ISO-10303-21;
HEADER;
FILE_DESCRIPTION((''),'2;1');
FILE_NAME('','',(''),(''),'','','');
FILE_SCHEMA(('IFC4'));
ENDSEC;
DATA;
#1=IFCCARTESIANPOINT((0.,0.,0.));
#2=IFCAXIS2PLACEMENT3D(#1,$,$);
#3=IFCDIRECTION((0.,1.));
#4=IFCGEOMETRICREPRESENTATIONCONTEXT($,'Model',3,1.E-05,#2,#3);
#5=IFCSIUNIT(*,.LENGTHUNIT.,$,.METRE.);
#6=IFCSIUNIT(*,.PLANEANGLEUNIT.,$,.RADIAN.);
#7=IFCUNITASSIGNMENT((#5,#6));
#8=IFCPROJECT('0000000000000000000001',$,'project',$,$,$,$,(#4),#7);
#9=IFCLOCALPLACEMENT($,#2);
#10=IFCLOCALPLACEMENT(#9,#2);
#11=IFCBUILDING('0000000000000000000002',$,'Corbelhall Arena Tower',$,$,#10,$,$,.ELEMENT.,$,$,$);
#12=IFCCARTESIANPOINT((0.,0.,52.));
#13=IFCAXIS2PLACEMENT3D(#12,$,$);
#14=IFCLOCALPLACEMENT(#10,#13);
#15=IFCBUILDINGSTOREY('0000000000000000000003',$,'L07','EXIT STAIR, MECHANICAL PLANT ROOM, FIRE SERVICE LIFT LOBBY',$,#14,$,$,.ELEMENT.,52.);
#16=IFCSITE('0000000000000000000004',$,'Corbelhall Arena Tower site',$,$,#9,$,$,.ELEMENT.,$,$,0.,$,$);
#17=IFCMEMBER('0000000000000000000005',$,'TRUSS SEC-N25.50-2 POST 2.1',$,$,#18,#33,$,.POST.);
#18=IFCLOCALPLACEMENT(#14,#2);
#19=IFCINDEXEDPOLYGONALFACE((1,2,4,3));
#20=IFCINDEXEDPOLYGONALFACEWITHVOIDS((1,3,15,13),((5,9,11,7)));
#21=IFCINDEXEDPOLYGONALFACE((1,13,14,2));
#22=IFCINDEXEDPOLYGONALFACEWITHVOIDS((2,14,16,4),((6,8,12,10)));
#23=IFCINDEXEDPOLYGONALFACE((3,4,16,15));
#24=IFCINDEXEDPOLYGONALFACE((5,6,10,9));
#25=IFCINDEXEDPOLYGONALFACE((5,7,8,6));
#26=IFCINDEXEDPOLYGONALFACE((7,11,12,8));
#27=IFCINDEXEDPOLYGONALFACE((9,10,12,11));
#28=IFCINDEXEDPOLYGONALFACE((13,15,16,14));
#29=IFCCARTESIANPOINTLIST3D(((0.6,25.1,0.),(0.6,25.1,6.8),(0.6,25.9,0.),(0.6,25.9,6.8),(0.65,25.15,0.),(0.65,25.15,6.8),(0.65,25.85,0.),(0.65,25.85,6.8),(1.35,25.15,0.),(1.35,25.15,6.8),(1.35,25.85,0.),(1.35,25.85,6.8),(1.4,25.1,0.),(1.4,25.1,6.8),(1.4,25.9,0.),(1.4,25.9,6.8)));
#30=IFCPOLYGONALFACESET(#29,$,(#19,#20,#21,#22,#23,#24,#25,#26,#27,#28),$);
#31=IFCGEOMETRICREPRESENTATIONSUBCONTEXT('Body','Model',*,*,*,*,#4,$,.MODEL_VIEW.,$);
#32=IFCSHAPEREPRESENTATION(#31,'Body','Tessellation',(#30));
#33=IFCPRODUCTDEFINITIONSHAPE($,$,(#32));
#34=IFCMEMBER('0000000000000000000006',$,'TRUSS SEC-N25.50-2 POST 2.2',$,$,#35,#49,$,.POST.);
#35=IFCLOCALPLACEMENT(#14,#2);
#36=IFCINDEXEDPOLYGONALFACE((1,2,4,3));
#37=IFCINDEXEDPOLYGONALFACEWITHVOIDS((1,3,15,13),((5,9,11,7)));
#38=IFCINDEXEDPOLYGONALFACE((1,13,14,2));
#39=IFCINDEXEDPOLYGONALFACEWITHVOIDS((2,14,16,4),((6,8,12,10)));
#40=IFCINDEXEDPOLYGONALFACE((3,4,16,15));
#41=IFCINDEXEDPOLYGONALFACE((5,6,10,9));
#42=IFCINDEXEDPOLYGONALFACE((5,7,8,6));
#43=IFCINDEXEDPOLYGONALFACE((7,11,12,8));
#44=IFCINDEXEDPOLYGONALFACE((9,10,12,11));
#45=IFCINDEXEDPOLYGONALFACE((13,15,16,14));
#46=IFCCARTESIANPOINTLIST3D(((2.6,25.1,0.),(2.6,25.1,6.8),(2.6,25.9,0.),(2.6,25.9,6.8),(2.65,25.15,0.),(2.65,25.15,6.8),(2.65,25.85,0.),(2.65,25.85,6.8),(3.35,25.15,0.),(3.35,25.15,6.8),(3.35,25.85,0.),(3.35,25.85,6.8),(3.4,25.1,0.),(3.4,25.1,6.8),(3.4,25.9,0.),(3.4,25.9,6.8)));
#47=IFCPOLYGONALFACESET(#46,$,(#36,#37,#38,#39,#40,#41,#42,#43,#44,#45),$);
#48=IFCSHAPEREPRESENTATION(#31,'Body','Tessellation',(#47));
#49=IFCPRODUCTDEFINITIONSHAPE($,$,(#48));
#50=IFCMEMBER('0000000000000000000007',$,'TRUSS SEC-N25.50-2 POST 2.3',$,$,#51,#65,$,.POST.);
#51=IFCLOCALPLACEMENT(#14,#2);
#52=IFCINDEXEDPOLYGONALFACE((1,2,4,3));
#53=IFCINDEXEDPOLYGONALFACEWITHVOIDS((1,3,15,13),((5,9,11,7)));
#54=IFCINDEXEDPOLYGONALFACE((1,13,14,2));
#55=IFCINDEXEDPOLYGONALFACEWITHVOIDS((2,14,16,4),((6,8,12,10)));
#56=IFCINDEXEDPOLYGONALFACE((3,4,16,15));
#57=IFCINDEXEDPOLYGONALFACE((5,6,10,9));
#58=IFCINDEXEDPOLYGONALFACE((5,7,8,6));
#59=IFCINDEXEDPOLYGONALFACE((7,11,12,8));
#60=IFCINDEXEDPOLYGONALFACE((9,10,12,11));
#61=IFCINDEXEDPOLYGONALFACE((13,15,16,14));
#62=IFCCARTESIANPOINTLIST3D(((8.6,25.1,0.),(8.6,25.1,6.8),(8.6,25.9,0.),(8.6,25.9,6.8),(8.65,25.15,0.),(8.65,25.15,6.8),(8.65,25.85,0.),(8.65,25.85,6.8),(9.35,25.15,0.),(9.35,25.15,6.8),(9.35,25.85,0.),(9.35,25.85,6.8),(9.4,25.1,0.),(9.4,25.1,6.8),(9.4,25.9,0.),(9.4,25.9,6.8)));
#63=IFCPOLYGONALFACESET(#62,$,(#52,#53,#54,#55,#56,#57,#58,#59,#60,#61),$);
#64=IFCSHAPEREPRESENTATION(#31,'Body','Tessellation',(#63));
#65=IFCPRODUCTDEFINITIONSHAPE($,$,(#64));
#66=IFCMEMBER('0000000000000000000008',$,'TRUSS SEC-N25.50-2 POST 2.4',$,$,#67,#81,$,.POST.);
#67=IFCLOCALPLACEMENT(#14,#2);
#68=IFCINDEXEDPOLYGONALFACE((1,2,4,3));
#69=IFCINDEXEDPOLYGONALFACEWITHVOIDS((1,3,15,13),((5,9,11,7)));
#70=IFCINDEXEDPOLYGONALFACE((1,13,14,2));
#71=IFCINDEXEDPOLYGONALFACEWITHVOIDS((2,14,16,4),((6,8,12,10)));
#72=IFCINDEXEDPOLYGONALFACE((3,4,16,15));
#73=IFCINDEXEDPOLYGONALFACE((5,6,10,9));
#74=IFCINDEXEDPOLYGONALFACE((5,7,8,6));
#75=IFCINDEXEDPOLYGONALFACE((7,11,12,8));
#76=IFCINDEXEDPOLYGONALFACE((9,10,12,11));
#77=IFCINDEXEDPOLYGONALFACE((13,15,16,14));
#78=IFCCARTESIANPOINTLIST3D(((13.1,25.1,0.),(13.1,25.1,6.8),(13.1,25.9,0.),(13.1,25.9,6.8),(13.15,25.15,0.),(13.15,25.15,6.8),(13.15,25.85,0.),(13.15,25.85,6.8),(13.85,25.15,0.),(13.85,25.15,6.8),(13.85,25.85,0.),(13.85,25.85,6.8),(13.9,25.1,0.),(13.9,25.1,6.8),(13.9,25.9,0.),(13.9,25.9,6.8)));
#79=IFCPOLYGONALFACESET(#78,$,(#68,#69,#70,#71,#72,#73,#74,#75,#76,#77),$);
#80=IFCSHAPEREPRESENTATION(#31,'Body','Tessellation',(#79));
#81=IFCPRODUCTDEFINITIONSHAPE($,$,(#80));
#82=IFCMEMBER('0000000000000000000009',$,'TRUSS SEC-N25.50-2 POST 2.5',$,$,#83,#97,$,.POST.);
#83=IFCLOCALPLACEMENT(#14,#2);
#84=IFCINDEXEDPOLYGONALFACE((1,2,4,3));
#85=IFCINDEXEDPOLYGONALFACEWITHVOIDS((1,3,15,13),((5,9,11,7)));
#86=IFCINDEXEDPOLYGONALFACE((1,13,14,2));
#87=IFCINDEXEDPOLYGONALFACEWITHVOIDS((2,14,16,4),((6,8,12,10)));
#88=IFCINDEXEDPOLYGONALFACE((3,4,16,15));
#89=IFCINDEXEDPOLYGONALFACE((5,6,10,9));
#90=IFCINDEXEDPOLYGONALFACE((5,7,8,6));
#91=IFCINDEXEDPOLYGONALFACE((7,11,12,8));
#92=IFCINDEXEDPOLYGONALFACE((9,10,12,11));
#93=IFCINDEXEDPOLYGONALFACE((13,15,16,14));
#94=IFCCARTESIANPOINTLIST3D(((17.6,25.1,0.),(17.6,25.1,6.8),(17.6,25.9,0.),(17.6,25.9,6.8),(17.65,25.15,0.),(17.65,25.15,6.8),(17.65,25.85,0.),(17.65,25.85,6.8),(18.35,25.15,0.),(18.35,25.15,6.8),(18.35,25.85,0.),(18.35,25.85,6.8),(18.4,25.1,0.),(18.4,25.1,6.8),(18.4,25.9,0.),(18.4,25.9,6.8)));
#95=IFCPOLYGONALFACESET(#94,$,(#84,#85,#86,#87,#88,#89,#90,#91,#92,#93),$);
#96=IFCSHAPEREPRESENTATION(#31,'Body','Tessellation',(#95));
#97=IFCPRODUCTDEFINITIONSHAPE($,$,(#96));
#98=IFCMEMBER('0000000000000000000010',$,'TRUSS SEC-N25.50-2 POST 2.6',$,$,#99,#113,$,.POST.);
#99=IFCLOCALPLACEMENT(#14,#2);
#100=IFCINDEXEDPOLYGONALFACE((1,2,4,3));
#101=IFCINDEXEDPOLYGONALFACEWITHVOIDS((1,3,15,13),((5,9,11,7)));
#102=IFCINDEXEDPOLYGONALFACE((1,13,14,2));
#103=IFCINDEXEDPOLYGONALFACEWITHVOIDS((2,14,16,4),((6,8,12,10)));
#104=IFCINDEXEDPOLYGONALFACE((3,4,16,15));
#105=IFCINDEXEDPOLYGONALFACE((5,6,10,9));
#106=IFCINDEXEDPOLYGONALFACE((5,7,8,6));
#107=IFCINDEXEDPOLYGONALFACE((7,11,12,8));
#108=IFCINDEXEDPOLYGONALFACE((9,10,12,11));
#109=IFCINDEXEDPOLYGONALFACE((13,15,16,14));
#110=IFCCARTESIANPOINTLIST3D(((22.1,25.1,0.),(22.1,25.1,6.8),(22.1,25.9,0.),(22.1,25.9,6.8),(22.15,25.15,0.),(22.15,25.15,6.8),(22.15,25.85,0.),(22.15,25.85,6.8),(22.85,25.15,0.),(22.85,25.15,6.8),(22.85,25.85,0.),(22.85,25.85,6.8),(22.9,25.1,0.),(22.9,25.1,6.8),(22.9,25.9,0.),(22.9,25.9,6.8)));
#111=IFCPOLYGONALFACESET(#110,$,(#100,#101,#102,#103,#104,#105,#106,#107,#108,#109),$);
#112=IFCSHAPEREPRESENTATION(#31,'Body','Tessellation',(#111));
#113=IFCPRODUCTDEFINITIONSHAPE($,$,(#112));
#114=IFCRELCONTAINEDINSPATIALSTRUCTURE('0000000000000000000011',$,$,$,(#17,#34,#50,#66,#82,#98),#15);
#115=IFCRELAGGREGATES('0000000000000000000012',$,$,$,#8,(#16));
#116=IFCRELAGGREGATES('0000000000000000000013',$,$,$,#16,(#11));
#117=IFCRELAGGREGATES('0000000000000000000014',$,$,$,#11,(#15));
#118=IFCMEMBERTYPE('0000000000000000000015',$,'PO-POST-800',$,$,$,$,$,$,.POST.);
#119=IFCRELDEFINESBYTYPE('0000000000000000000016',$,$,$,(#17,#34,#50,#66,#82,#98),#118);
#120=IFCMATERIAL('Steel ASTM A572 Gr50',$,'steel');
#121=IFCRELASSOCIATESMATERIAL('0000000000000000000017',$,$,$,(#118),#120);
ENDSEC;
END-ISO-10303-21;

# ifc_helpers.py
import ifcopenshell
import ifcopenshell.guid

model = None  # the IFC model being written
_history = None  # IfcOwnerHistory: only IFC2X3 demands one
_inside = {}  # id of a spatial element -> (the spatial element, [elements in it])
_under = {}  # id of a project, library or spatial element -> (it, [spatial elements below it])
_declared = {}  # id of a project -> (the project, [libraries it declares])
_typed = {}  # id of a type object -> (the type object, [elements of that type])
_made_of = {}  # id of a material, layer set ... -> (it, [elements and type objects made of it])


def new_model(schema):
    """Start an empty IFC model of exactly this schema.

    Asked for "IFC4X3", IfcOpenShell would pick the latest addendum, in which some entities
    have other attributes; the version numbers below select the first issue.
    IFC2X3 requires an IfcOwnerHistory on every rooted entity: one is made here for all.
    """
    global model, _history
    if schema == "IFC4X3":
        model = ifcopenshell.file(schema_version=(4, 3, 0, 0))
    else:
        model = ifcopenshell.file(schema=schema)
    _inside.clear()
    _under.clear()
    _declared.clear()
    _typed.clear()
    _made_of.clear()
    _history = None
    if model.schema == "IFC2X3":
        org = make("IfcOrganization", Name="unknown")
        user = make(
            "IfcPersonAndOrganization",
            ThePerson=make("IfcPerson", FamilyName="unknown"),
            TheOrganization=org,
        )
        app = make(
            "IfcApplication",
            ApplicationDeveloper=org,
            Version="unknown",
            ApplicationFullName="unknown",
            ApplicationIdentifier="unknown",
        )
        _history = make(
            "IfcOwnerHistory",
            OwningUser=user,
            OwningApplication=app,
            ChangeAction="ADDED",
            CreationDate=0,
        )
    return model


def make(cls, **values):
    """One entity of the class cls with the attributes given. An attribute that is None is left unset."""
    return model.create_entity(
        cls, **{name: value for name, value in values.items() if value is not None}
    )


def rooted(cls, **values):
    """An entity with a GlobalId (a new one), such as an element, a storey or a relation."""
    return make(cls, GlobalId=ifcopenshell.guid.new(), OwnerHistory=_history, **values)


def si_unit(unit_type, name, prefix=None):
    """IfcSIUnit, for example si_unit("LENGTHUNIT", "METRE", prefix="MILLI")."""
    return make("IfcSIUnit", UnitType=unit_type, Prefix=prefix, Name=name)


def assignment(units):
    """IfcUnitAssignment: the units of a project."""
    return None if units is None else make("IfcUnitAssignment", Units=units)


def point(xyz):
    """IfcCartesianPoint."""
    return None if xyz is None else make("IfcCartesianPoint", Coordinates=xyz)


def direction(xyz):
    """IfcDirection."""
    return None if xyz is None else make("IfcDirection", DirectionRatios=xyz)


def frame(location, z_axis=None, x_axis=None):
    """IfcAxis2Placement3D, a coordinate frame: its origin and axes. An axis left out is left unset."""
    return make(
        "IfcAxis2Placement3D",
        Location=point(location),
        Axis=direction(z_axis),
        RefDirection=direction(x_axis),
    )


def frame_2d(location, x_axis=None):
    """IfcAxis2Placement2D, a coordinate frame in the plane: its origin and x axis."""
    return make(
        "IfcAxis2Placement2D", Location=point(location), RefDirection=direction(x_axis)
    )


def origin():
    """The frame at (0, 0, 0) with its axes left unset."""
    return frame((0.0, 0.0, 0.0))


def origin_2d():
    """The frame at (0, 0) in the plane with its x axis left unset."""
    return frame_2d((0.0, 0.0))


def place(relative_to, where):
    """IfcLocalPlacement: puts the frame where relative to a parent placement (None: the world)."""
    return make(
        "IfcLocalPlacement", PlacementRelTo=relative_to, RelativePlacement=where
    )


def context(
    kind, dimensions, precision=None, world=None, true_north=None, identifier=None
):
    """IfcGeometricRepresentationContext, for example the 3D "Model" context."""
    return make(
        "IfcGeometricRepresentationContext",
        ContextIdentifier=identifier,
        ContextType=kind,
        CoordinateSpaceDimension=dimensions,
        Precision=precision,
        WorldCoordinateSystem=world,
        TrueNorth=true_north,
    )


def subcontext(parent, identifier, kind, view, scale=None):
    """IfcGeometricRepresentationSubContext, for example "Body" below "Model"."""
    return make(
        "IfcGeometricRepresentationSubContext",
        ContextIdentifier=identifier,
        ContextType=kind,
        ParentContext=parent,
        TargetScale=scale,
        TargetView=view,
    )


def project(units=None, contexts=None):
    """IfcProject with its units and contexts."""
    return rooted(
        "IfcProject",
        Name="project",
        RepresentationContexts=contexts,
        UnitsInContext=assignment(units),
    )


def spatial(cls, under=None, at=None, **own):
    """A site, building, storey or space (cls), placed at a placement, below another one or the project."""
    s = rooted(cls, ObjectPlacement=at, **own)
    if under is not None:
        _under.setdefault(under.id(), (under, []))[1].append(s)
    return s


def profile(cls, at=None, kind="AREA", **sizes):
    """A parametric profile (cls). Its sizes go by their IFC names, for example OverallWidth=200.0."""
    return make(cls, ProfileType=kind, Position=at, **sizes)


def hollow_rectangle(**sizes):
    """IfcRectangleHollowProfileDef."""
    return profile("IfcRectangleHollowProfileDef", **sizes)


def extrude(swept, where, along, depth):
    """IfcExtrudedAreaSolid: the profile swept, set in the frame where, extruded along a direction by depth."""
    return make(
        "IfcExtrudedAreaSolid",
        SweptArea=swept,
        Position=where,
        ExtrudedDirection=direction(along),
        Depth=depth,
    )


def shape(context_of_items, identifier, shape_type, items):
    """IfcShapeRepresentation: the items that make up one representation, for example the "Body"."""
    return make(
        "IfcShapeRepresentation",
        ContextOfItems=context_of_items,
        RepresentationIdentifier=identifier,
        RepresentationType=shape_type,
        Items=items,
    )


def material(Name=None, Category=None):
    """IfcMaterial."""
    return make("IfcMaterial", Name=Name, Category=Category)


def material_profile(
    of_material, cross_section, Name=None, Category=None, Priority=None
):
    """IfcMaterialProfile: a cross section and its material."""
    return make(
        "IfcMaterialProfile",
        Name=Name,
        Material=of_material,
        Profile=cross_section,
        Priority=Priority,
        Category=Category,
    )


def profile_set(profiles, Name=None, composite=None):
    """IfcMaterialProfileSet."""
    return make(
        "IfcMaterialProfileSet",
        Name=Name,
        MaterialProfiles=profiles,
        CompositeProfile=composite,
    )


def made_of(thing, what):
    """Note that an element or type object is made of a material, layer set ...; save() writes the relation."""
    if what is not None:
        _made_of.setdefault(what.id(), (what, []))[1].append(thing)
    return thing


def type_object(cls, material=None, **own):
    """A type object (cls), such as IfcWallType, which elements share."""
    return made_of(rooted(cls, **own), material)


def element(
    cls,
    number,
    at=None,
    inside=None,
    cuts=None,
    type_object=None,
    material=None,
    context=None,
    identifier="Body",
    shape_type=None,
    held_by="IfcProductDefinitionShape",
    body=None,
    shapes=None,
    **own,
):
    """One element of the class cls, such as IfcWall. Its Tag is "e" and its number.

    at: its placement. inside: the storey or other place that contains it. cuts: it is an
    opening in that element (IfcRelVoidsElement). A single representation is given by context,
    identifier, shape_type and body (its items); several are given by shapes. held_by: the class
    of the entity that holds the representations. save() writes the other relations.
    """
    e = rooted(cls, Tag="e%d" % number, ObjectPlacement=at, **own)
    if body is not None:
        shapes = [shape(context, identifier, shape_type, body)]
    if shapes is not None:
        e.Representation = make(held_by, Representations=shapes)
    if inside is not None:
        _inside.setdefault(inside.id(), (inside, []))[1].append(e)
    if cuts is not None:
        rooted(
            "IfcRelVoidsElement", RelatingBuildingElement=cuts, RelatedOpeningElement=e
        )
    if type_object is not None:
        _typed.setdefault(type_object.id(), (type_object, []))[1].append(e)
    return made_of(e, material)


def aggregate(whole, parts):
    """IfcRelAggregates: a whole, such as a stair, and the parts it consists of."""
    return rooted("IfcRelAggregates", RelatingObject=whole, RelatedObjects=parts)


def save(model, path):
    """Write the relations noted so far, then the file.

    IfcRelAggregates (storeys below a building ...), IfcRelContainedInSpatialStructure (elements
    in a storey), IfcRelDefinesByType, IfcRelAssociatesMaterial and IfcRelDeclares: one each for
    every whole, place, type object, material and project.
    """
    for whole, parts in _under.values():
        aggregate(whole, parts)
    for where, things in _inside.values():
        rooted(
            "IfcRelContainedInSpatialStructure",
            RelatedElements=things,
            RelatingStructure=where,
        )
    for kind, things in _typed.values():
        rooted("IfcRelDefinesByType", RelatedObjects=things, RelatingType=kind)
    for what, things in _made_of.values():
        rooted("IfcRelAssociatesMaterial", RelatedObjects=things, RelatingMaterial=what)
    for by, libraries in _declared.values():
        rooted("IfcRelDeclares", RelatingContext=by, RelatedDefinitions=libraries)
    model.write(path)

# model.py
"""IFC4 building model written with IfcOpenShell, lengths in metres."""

from ifc_helpers import new_model, si_unit, direction, frame, origin, origin_2d, place, context, subcontext, project, spatial, hollow_rectangle, extrude, material, material_profile, profile_set, type_object, element, save


model = new_model("IFC4")

# Units and contexts
model_context = context("Model", 3, precision=1e-05, world=origin(), true_north=direction((0.0, 1.0)))
body_context = subcontext(model_context, "Body", "Model", "MODEL_VIEW")
ifc_project = project(units=[si_unit("LENGTHUNIT", "METRE"), si_unit("PLANEANGLEUNIT", "RADIAN")], contexts=[model_context])

# Site, building, storey
site_placement = place(None, origin())
site = spatial("IfcSite", under=ifc_project, at=site_placement, Name="Corbelhall Arena Tower site", CompositionType="ELEMENT", RefElevation=0.0)
building_placement = place(site_placement, origin())
building = spatial("IfcBuilding", under=site, at=building_placement, Name="Corbelhall Arena Tower", CompositionType="ELEMENT")
storey_placement = place(building_placement, frame((0.0, 0.0, 52.0)))
storey = spatial("IfcBuildingStorey", under=building, at=storey_placement, Name="L07", Description="EXIT STAIR, MECHANICAL PLANT ROOM, FIRE SERVICE LIFT LOBBY", CompositionType="ELEMENT", Elevation=52.0)

# Members
ifc_material_1 = material(Name="Steel ASTM A572 Gr50", Category="steel")
ifc_material_profile_1 = material_profile(ifc_material_1, hollow_rectangle(XDim=0.8, YDim=0.8, WallThickness=0.05, at=origin_2d()))
ifc_profile_set_1 = profile_set([ifc_material_profile_1], Name="Steel ASTM A572 Gr50")
member_type_1 = type_object("IfcMemberType", Name="PO-POST-800", PredefinedType="POST", material=ifc_profile_set_1)
for number, where, z_axis, x_axis, name in (
    (1, (1.0, 25.5, 0.0), (0.0, 0.0, 1.0), (1.0, 0.0, 0.0), "TRUSS SEC-N25.50-2 POST 2.1"),
    (2, (3.0, 25.5, 0.0), (0.0, 0.0, 1.0), (1.0, 0.0, 0.0), "TRUSS SEC-N25.50-2 POST 2.2"),
    (3, (9.0, 25.5, 0.0), (0.0, 0.0, 1.0), (1.0, 0.0, 0.0), "TRUSS SEC-N25.50-2 POST 2.3"),
    (4, (13.5, 25.5, 0.0), (0.0, 0.0, 1.0), (1.0, 0.0, 0.0), "TRUSS SEC-N25.50-2 POST 2.4"),
    (5, (18.0, 25.5, 0.0), (0.0, 0.0, 1.0), (1.0, 0.0, 0.0), "TRUSS SEC-N25.50-2 POST 2.5"),
    (6, (22.5, 25.5, 0.0), (0.0, 0.0, 1.0), (1.0, 0.0, 0.0), "TRUSS SEC-N25.50-2 POST 2.6"),
):
    element("IfcMember", number, at=place(storey_placement, frame(where, z_axis=z_axis, x_axis=x_axis)), inside=storey, type_object=member_type_1, Name=name, PredefinedType="POST", context=body_context, shape_type="SweptSolid", body=[
        extrude(hollow_rectangle(XDim=0.8, YDim=0.8, WallThickness=0.05, at=origin_2d()), origin(), (0.0, 0.0, 1.0), 6.8),
    ])

save(model, "model.ifc")
